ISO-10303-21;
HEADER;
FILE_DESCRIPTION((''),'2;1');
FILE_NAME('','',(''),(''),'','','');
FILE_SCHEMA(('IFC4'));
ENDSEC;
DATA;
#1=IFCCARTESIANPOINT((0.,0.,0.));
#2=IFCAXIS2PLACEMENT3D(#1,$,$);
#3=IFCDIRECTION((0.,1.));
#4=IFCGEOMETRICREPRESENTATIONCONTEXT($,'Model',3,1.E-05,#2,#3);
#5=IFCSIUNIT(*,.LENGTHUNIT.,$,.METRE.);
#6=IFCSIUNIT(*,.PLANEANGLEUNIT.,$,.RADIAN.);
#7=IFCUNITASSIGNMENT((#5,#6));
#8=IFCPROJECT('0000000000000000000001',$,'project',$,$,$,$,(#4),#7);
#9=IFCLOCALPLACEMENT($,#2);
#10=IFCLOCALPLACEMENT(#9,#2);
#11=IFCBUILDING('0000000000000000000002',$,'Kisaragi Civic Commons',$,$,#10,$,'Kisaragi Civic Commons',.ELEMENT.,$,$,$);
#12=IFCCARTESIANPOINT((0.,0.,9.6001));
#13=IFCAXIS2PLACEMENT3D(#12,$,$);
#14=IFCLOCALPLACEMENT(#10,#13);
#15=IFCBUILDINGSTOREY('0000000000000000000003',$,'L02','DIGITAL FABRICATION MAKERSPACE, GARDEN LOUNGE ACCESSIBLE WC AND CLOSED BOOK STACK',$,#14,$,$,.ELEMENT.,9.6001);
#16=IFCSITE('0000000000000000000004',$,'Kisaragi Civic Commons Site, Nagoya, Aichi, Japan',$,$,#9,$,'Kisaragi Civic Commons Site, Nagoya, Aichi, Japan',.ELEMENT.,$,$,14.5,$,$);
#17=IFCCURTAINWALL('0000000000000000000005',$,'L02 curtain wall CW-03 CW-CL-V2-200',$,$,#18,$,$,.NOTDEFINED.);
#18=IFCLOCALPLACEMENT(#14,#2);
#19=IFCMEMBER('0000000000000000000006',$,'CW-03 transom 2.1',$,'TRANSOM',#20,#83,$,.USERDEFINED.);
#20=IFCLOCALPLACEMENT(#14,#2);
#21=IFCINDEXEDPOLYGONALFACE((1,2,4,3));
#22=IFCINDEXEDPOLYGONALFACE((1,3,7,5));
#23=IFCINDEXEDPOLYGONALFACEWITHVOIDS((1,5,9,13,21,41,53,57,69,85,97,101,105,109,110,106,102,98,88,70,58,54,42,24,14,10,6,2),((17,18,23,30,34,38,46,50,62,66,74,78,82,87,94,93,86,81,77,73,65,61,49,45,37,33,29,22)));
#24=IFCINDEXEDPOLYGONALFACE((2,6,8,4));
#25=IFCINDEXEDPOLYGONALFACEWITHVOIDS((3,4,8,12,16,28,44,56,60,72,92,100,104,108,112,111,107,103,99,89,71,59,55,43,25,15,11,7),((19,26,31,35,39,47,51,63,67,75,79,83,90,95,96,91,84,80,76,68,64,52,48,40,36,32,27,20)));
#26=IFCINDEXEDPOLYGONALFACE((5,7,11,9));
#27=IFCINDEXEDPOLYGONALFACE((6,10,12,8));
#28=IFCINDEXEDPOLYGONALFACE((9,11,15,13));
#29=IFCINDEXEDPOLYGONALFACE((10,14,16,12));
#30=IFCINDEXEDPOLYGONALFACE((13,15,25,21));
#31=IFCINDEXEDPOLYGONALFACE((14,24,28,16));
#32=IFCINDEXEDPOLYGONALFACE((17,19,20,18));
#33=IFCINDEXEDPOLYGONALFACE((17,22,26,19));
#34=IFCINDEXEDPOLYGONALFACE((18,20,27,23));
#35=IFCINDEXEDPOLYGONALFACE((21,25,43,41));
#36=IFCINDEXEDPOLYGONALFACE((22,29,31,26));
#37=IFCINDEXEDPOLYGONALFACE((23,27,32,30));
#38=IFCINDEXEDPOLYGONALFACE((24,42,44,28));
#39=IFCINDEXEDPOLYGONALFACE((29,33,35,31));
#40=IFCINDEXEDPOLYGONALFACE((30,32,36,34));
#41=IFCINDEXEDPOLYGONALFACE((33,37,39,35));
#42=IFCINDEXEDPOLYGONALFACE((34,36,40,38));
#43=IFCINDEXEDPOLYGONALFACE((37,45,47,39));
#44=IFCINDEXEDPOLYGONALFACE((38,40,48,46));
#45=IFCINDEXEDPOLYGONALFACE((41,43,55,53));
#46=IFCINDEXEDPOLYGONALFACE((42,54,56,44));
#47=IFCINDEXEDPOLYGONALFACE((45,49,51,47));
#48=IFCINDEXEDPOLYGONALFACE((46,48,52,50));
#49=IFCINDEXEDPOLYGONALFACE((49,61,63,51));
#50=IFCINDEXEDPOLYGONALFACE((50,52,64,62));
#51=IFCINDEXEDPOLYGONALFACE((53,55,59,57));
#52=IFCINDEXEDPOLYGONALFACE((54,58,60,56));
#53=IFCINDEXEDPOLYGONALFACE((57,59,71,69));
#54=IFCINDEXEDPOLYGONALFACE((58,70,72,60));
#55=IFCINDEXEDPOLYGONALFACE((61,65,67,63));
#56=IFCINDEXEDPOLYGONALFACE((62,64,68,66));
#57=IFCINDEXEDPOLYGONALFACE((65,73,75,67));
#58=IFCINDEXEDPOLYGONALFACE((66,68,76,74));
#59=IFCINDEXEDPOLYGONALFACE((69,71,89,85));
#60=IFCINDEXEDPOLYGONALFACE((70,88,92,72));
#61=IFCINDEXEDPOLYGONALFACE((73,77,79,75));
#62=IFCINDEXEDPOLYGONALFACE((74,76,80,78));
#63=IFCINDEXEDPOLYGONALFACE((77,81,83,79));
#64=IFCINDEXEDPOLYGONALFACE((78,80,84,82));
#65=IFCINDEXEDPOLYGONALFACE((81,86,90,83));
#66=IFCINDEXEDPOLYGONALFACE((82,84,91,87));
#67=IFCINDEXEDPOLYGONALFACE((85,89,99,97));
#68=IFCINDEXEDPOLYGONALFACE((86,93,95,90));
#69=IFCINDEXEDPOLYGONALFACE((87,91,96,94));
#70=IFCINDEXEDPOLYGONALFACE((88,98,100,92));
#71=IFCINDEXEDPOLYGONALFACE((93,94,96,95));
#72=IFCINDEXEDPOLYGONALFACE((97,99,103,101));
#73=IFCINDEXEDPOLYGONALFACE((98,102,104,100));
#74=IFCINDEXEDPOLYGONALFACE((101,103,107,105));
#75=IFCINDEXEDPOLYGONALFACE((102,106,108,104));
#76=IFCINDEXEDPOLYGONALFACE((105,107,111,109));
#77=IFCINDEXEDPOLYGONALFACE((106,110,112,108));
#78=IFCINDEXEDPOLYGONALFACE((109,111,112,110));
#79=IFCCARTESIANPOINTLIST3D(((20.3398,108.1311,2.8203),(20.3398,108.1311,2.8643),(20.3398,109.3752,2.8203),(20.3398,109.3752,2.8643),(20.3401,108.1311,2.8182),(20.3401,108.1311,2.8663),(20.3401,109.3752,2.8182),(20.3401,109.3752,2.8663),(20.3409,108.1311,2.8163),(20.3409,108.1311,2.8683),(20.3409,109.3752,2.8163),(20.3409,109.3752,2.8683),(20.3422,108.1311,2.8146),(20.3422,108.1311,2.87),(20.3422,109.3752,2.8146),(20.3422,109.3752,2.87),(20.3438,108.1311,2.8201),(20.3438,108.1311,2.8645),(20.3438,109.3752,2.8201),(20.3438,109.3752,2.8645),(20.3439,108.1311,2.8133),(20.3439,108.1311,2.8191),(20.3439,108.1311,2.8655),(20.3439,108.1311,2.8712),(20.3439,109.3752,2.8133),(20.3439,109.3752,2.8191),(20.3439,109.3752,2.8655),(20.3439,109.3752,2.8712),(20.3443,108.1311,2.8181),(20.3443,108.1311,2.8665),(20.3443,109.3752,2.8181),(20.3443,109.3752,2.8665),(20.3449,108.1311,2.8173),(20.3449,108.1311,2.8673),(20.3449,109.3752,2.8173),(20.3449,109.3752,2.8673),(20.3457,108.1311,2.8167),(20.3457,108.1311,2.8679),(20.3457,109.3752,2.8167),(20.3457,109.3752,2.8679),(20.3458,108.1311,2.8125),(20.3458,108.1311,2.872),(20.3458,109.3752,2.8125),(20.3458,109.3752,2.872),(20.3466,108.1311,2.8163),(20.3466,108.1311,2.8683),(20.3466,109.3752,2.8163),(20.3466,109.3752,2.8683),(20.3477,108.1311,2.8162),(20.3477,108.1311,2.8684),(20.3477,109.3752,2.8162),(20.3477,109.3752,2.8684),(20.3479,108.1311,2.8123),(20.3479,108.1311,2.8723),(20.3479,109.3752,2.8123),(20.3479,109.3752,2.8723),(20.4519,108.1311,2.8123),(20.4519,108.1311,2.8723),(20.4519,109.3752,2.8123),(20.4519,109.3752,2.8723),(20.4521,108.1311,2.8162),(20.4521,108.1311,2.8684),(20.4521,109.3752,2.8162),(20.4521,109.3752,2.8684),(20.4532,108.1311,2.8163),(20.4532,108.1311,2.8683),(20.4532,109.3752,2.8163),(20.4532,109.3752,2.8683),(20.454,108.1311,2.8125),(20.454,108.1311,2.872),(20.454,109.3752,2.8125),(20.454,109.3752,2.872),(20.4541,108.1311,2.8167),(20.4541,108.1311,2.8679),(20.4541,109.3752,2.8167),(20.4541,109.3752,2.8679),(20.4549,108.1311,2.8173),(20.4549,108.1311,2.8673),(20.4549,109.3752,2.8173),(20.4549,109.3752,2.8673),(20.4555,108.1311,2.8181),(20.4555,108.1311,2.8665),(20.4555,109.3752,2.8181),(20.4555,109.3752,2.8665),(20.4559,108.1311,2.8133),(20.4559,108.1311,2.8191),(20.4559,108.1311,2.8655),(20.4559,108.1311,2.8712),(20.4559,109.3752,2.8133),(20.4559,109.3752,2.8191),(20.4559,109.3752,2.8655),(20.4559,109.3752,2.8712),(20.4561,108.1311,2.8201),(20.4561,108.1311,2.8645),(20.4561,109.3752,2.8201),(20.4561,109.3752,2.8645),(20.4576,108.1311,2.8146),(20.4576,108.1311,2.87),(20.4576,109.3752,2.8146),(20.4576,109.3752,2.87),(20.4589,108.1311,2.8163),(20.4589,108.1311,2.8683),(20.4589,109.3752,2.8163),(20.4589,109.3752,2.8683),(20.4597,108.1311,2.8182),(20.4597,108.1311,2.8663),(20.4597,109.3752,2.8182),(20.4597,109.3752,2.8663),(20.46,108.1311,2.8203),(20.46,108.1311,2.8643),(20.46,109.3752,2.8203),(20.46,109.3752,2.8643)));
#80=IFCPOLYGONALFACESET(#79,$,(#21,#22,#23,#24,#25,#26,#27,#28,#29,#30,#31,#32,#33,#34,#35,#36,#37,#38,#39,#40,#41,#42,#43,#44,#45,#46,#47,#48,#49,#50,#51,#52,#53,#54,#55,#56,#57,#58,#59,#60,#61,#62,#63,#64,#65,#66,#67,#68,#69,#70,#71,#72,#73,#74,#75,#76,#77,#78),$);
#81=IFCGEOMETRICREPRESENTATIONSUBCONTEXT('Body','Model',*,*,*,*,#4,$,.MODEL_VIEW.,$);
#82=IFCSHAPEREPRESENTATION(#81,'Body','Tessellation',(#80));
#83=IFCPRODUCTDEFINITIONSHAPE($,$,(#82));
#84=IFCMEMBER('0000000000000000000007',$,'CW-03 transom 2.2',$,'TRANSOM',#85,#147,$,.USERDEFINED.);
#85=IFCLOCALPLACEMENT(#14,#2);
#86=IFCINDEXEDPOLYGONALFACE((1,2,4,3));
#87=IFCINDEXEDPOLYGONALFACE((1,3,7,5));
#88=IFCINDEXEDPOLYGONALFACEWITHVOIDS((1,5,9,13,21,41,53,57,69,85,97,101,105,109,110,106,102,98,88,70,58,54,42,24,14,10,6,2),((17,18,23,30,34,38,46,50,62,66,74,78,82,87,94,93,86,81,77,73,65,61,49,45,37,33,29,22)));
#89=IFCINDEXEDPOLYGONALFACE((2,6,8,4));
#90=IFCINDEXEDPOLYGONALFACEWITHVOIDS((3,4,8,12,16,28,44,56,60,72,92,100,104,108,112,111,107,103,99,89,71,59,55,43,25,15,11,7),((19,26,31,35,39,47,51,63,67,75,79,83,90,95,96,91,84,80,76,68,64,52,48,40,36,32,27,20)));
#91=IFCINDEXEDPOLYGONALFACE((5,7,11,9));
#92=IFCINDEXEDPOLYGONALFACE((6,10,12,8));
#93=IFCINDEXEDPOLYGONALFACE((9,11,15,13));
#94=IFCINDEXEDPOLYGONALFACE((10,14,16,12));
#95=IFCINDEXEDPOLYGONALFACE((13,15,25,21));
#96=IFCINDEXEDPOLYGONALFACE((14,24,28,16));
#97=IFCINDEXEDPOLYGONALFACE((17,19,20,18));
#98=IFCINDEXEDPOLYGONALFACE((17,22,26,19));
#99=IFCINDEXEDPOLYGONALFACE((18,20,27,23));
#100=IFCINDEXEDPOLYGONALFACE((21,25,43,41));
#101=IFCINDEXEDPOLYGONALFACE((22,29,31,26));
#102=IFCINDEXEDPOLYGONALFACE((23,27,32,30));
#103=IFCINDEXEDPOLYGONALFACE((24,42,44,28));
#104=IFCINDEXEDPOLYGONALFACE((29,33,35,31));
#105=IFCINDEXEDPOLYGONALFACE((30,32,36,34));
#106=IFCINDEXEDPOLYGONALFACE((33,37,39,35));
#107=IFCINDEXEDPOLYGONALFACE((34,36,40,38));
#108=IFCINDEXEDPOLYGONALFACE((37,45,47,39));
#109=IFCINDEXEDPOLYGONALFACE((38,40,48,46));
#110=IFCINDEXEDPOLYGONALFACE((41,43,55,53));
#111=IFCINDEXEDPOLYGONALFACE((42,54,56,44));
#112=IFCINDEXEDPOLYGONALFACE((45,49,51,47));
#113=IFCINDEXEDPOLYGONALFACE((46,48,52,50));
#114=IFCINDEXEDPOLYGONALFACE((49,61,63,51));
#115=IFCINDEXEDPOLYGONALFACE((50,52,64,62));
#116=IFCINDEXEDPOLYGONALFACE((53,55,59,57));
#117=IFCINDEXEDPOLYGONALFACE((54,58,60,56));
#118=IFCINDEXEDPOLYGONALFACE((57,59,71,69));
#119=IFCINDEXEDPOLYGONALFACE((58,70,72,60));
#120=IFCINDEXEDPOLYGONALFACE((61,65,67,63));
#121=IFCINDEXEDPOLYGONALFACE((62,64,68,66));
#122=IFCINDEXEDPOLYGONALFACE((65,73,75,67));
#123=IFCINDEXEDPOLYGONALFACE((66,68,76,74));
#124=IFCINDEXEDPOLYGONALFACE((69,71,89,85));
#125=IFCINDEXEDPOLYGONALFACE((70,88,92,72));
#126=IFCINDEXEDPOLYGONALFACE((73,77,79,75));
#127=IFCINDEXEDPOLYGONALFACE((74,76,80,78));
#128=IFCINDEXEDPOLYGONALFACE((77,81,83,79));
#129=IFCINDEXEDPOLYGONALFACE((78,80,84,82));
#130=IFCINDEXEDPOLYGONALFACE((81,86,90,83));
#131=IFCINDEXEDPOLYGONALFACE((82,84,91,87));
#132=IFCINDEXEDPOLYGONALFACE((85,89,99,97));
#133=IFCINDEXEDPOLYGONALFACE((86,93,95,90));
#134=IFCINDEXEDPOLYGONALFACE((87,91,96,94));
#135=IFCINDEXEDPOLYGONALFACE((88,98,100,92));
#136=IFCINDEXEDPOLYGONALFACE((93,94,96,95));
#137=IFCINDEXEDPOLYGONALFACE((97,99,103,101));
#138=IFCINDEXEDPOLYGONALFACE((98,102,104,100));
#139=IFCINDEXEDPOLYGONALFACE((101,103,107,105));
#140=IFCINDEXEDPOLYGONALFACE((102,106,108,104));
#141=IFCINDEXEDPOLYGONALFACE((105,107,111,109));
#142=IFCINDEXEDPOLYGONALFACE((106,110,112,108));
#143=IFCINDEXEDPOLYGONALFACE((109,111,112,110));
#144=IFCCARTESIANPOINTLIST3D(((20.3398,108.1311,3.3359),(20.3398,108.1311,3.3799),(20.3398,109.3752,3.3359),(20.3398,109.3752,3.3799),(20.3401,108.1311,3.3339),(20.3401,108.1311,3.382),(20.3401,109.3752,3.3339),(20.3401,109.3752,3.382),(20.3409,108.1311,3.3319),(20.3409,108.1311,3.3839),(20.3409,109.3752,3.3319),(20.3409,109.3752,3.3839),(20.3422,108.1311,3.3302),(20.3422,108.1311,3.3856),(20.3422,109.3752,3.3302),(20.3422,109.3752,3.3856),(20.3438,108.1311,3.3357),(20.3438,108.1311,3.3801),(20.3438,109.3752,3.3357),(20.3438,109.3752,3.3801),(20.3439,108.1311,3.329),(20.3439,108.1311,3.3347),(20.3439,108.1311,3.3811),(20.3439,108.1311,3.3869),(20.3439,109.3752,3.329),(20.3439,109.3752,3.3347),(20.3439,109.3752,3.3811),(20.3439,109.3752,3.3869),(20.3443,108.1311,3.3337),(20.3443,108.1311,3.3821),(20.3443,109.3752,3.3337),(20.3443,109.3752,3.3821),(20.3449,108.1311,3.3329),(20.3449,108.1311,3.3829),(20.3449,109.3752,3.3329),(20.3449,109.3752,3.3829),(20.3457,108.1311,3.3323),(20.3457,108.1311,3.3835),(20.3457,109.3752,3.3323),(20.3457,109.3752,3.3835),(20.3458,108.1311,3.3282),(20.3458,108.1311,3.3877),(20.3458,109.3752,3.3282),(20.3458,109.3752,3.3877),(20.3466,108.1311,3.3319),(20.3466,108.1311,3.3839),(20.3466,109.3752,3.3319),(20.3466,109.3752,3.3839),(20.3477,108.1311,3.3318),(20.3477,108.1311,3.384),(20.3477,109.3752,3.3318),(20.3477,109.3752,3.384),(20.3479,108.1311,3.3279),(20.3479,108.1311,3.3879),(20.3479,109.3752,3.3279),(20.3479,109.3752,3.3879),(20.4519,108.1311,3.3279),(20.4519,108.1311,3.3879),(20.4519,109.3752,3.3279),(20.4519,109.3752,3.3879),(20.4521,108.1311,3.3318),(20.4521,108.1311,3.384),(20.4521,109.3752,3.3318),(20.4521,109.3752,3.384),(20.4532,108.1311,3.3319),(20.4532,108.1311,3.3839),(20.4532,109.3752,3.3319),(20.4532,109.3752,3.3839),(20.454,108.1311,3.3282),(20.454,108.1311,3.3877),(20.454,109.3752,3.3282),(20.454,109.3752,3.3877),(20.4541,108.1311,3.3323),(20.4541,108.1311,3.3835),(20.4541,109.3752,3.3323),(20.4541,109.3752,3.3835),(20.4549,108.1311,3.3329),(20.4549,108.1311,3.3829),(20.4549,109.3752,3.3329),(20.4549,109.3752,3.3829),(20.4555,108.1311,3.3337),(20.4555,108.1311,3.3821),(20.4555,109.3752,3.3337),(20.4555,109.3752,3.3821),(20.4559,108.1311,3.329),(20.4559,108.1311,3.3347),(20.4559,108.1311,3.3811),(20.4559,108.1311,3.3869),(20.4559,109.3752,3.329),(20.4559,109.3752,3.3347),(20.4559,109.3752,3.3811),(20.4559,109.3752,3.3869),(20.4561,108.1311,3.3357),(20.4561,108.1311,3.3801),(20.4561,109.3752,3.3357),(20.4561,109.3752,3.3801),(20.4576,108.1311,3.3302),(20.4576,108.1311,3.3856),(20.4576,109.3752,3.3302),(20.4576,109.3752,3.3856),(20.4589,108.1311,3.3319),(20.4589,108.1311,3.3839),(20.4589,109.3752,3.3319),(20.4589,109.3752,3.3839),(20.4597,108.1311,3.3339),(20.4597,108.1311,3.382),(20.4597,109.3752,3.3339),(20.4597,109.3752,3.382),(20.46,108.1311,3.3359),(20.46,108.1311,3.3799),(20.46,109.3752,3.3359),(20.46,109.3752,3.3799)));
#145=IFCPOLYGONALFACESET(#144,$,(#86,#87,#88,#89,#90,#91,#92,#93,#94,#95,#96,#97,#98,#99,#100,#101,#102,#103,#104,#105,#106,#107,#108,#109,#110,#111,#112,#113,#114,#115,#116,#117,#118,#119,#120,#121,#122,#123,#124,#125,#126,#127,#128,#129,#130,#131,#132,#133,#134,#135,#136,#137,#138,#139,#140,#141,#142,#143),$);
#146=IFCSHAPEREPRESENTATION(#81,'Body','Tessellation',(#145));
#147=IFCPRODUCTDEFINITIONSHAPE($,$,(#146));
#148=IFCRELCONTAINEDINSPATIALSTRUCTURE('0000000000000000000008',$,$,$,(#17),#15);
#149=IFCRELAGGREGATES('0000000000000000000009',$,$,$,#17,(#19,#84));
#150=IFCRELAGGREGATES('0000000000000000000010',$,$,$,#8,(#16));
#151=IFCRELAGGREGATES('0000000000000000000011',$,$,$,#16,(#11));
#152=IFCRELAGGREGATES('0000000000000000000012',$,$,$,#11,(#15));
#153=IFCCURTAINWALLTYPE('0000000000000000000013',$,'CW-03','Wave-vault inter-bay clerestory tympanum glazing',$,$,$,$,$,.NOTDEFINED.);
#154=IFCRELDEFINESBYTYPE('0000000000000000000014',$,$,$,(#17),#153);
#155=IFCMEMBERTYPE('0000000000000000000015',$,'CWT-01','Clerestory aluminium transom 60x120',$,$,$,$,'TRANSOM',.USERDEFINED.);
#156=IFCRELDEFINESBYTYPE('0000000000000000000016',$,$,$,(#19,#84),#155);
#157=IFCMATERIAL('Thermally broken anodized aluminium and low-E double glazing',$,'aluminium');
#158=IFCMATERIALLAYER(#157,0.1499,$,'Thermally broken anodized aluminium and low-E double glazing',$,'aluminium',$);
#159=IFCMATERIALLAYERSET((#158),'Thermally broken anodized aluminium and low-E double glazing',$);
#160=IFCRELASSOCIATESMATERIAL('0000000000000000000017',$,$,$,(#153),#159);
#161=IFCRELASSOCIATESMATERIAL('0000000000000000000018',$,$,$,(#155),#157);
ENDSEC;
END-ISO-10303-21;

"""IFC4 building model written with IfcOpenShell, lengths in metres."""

from ifc_helpers import new_model, si_unit, direction, frame, origin, origin_2d, place, context, subcontext, project, spatial, hollow_rectangle, extrude, material, layer, layer_set, material_profile, profile_set, type_object, element, aggregate, save


model = new_model("IFC4")

# Units and contexts
model_context = context("Model", 3, precision=1e-05, world=origin(), true_north=direction((0.0, 1.0)))
body_context = subcontext(model_context, "Body", "Model", "MODEL_VIEW")
ifc_project = project(units=[si_unit("LENGTHUNIT", "METRE"), si_unit("PLANEANGLEUNIT", "RADIAN")], contexts=[model_context])

# Site, building, storey
site_placement = place(None, origin())
site = spatial("IfcSite", under=ifc_project, at=site_placement, Name="Kisaragi Civic Commons Site, Nagoya, Aichi, Japan", LongName="Kisaragi Civic Commons Site, Nagoya, Aichi, Japan", CompositionType="ELEMENT", RefElevation=14.5)
building_placement = place(site_placement, origin())
building = spatial("IfcBuilding", under=site, at=building_placement, Name="Kisaragi Civic Commons", LongName="Kisaragi Civic Commons", CompositionType="ELEMENT")
storey_placement = place(building_placement, frame((0.0, 0.0, 9.6001)))
storey = spatial("IfcBuildingStorey", under=building, at=storey_placement, Name="L02", Description="DIGITAL FABRICATION MAKERSPACE, GARDEN LOUNGE ACCESSIBLE WC AND CLOSED BOOK STACK", CompositionType="ELEMENT", Elevation=9.6001)

# Curtain wall, members
ifc_material_1 = material(Name="Thermally broken anodized aluminium and low-E double glazing", Category="aluminium")
ifc_layer_1 = layer(ifc_material_1, 0.1499, Name="Thermally broken anodized aluminium and low-E double glazing", Category="aluminium")
ifc_layer_set_1 = layer_set([ifc_layer_1], Name="Thermally broken anodized aluminium and low-E double glazing")
curtain_wall_type = type_object("IfcCurtainWallType", Name="CW-03", Description="Wave-vault inter-bay clerestory tympanum glazing", PredefinedType="NOTDEFINED", material=ifc_layer_set_1)
curtain_wall_placement = place(storey_placement, origin())
curtain_wall = element("IfcCurtainWall", 1, at=curtain_wall_placement, inside=storey, type_object=curtain_wall_type, Name="L02 curtain wall CW-03 CW-CL-V2-200", PredefinedType="NOTDEFINED")
ifc_material_profile_1 = material_profile(ifc_material_1, hollow_rectangle(XDim=0.1201, YDim=0.0601, WallThickness=0.0039, InnerFilletRadius=0.0039, OuterFilletRadius=0.0081, at=origin_2d()), Name="CWT-60x120x4", Category="aluminium")
ifc_profile_set_1 = profile_set([ifc_material_profile_1], Name="Thermally broken anodized aluminium and low-E double glazing")
member_type_1 = type_object("IfcMemberType", Name="CWT-01", Description="Clerestory aluminium transom 60x120", ElementType="TRANSOM", PredefinedType="USERDEFINED", material=ifc_profile_set_1)
member_1_placement = place(storey_placement, frame((20.3999, 108.1311, 2.8423), z_axis=(0.0, 1.0, 0.0), x_axis=(-1.0, 0.0, 0.0)))
member_1 = element("IfcMember", 2, at=member_1_placement, type_object=member_type_1, Name="CW-03 transom 2.1", ObjectType="TRANSOM", PredefinedType="USERDEFINED", context=body_context, shape_type="SweptSolid", body=[
    extrude(hollow_rectangle(XDim=0.1201, YDim=0.0601, WallThickness=0.0039, InnerFilletRadius=0.0039, OuterFilletRadius=0.0081, at=origin_2d()), origin(), (0.0, 0.0, 1.0), 1.2441),
])
member_2_placement = place(storey_placement, frame((20.3999, 108.1311, 3.3579), z_axis=(0.0, 1.0, 0.0), x_axis=(-1.0, 0.0, 0.0)))
member_2 = element("IfcMember", 3, at=member_2_placement, type_object=member_type_1, Name="CW-03 transom 2.2", ObjectType="TRANSOM", PredefinedType="USERDEFINED", context=body_context, shape_type="SweptSolid", body=[
    extrude(hollow_rectangle(XDim=0.1201, YDim=0.0601, WallThickness=0.0039, InnerFilletRadius=0.0039, OuterFilletRadius=0.0081, at=origin_2d()), origin(), (0.0, 0.0, 1.0), 1.2441),
])

aggregate(curtain_wall, [member_1, member_2])

save(model, "model.ifc")
